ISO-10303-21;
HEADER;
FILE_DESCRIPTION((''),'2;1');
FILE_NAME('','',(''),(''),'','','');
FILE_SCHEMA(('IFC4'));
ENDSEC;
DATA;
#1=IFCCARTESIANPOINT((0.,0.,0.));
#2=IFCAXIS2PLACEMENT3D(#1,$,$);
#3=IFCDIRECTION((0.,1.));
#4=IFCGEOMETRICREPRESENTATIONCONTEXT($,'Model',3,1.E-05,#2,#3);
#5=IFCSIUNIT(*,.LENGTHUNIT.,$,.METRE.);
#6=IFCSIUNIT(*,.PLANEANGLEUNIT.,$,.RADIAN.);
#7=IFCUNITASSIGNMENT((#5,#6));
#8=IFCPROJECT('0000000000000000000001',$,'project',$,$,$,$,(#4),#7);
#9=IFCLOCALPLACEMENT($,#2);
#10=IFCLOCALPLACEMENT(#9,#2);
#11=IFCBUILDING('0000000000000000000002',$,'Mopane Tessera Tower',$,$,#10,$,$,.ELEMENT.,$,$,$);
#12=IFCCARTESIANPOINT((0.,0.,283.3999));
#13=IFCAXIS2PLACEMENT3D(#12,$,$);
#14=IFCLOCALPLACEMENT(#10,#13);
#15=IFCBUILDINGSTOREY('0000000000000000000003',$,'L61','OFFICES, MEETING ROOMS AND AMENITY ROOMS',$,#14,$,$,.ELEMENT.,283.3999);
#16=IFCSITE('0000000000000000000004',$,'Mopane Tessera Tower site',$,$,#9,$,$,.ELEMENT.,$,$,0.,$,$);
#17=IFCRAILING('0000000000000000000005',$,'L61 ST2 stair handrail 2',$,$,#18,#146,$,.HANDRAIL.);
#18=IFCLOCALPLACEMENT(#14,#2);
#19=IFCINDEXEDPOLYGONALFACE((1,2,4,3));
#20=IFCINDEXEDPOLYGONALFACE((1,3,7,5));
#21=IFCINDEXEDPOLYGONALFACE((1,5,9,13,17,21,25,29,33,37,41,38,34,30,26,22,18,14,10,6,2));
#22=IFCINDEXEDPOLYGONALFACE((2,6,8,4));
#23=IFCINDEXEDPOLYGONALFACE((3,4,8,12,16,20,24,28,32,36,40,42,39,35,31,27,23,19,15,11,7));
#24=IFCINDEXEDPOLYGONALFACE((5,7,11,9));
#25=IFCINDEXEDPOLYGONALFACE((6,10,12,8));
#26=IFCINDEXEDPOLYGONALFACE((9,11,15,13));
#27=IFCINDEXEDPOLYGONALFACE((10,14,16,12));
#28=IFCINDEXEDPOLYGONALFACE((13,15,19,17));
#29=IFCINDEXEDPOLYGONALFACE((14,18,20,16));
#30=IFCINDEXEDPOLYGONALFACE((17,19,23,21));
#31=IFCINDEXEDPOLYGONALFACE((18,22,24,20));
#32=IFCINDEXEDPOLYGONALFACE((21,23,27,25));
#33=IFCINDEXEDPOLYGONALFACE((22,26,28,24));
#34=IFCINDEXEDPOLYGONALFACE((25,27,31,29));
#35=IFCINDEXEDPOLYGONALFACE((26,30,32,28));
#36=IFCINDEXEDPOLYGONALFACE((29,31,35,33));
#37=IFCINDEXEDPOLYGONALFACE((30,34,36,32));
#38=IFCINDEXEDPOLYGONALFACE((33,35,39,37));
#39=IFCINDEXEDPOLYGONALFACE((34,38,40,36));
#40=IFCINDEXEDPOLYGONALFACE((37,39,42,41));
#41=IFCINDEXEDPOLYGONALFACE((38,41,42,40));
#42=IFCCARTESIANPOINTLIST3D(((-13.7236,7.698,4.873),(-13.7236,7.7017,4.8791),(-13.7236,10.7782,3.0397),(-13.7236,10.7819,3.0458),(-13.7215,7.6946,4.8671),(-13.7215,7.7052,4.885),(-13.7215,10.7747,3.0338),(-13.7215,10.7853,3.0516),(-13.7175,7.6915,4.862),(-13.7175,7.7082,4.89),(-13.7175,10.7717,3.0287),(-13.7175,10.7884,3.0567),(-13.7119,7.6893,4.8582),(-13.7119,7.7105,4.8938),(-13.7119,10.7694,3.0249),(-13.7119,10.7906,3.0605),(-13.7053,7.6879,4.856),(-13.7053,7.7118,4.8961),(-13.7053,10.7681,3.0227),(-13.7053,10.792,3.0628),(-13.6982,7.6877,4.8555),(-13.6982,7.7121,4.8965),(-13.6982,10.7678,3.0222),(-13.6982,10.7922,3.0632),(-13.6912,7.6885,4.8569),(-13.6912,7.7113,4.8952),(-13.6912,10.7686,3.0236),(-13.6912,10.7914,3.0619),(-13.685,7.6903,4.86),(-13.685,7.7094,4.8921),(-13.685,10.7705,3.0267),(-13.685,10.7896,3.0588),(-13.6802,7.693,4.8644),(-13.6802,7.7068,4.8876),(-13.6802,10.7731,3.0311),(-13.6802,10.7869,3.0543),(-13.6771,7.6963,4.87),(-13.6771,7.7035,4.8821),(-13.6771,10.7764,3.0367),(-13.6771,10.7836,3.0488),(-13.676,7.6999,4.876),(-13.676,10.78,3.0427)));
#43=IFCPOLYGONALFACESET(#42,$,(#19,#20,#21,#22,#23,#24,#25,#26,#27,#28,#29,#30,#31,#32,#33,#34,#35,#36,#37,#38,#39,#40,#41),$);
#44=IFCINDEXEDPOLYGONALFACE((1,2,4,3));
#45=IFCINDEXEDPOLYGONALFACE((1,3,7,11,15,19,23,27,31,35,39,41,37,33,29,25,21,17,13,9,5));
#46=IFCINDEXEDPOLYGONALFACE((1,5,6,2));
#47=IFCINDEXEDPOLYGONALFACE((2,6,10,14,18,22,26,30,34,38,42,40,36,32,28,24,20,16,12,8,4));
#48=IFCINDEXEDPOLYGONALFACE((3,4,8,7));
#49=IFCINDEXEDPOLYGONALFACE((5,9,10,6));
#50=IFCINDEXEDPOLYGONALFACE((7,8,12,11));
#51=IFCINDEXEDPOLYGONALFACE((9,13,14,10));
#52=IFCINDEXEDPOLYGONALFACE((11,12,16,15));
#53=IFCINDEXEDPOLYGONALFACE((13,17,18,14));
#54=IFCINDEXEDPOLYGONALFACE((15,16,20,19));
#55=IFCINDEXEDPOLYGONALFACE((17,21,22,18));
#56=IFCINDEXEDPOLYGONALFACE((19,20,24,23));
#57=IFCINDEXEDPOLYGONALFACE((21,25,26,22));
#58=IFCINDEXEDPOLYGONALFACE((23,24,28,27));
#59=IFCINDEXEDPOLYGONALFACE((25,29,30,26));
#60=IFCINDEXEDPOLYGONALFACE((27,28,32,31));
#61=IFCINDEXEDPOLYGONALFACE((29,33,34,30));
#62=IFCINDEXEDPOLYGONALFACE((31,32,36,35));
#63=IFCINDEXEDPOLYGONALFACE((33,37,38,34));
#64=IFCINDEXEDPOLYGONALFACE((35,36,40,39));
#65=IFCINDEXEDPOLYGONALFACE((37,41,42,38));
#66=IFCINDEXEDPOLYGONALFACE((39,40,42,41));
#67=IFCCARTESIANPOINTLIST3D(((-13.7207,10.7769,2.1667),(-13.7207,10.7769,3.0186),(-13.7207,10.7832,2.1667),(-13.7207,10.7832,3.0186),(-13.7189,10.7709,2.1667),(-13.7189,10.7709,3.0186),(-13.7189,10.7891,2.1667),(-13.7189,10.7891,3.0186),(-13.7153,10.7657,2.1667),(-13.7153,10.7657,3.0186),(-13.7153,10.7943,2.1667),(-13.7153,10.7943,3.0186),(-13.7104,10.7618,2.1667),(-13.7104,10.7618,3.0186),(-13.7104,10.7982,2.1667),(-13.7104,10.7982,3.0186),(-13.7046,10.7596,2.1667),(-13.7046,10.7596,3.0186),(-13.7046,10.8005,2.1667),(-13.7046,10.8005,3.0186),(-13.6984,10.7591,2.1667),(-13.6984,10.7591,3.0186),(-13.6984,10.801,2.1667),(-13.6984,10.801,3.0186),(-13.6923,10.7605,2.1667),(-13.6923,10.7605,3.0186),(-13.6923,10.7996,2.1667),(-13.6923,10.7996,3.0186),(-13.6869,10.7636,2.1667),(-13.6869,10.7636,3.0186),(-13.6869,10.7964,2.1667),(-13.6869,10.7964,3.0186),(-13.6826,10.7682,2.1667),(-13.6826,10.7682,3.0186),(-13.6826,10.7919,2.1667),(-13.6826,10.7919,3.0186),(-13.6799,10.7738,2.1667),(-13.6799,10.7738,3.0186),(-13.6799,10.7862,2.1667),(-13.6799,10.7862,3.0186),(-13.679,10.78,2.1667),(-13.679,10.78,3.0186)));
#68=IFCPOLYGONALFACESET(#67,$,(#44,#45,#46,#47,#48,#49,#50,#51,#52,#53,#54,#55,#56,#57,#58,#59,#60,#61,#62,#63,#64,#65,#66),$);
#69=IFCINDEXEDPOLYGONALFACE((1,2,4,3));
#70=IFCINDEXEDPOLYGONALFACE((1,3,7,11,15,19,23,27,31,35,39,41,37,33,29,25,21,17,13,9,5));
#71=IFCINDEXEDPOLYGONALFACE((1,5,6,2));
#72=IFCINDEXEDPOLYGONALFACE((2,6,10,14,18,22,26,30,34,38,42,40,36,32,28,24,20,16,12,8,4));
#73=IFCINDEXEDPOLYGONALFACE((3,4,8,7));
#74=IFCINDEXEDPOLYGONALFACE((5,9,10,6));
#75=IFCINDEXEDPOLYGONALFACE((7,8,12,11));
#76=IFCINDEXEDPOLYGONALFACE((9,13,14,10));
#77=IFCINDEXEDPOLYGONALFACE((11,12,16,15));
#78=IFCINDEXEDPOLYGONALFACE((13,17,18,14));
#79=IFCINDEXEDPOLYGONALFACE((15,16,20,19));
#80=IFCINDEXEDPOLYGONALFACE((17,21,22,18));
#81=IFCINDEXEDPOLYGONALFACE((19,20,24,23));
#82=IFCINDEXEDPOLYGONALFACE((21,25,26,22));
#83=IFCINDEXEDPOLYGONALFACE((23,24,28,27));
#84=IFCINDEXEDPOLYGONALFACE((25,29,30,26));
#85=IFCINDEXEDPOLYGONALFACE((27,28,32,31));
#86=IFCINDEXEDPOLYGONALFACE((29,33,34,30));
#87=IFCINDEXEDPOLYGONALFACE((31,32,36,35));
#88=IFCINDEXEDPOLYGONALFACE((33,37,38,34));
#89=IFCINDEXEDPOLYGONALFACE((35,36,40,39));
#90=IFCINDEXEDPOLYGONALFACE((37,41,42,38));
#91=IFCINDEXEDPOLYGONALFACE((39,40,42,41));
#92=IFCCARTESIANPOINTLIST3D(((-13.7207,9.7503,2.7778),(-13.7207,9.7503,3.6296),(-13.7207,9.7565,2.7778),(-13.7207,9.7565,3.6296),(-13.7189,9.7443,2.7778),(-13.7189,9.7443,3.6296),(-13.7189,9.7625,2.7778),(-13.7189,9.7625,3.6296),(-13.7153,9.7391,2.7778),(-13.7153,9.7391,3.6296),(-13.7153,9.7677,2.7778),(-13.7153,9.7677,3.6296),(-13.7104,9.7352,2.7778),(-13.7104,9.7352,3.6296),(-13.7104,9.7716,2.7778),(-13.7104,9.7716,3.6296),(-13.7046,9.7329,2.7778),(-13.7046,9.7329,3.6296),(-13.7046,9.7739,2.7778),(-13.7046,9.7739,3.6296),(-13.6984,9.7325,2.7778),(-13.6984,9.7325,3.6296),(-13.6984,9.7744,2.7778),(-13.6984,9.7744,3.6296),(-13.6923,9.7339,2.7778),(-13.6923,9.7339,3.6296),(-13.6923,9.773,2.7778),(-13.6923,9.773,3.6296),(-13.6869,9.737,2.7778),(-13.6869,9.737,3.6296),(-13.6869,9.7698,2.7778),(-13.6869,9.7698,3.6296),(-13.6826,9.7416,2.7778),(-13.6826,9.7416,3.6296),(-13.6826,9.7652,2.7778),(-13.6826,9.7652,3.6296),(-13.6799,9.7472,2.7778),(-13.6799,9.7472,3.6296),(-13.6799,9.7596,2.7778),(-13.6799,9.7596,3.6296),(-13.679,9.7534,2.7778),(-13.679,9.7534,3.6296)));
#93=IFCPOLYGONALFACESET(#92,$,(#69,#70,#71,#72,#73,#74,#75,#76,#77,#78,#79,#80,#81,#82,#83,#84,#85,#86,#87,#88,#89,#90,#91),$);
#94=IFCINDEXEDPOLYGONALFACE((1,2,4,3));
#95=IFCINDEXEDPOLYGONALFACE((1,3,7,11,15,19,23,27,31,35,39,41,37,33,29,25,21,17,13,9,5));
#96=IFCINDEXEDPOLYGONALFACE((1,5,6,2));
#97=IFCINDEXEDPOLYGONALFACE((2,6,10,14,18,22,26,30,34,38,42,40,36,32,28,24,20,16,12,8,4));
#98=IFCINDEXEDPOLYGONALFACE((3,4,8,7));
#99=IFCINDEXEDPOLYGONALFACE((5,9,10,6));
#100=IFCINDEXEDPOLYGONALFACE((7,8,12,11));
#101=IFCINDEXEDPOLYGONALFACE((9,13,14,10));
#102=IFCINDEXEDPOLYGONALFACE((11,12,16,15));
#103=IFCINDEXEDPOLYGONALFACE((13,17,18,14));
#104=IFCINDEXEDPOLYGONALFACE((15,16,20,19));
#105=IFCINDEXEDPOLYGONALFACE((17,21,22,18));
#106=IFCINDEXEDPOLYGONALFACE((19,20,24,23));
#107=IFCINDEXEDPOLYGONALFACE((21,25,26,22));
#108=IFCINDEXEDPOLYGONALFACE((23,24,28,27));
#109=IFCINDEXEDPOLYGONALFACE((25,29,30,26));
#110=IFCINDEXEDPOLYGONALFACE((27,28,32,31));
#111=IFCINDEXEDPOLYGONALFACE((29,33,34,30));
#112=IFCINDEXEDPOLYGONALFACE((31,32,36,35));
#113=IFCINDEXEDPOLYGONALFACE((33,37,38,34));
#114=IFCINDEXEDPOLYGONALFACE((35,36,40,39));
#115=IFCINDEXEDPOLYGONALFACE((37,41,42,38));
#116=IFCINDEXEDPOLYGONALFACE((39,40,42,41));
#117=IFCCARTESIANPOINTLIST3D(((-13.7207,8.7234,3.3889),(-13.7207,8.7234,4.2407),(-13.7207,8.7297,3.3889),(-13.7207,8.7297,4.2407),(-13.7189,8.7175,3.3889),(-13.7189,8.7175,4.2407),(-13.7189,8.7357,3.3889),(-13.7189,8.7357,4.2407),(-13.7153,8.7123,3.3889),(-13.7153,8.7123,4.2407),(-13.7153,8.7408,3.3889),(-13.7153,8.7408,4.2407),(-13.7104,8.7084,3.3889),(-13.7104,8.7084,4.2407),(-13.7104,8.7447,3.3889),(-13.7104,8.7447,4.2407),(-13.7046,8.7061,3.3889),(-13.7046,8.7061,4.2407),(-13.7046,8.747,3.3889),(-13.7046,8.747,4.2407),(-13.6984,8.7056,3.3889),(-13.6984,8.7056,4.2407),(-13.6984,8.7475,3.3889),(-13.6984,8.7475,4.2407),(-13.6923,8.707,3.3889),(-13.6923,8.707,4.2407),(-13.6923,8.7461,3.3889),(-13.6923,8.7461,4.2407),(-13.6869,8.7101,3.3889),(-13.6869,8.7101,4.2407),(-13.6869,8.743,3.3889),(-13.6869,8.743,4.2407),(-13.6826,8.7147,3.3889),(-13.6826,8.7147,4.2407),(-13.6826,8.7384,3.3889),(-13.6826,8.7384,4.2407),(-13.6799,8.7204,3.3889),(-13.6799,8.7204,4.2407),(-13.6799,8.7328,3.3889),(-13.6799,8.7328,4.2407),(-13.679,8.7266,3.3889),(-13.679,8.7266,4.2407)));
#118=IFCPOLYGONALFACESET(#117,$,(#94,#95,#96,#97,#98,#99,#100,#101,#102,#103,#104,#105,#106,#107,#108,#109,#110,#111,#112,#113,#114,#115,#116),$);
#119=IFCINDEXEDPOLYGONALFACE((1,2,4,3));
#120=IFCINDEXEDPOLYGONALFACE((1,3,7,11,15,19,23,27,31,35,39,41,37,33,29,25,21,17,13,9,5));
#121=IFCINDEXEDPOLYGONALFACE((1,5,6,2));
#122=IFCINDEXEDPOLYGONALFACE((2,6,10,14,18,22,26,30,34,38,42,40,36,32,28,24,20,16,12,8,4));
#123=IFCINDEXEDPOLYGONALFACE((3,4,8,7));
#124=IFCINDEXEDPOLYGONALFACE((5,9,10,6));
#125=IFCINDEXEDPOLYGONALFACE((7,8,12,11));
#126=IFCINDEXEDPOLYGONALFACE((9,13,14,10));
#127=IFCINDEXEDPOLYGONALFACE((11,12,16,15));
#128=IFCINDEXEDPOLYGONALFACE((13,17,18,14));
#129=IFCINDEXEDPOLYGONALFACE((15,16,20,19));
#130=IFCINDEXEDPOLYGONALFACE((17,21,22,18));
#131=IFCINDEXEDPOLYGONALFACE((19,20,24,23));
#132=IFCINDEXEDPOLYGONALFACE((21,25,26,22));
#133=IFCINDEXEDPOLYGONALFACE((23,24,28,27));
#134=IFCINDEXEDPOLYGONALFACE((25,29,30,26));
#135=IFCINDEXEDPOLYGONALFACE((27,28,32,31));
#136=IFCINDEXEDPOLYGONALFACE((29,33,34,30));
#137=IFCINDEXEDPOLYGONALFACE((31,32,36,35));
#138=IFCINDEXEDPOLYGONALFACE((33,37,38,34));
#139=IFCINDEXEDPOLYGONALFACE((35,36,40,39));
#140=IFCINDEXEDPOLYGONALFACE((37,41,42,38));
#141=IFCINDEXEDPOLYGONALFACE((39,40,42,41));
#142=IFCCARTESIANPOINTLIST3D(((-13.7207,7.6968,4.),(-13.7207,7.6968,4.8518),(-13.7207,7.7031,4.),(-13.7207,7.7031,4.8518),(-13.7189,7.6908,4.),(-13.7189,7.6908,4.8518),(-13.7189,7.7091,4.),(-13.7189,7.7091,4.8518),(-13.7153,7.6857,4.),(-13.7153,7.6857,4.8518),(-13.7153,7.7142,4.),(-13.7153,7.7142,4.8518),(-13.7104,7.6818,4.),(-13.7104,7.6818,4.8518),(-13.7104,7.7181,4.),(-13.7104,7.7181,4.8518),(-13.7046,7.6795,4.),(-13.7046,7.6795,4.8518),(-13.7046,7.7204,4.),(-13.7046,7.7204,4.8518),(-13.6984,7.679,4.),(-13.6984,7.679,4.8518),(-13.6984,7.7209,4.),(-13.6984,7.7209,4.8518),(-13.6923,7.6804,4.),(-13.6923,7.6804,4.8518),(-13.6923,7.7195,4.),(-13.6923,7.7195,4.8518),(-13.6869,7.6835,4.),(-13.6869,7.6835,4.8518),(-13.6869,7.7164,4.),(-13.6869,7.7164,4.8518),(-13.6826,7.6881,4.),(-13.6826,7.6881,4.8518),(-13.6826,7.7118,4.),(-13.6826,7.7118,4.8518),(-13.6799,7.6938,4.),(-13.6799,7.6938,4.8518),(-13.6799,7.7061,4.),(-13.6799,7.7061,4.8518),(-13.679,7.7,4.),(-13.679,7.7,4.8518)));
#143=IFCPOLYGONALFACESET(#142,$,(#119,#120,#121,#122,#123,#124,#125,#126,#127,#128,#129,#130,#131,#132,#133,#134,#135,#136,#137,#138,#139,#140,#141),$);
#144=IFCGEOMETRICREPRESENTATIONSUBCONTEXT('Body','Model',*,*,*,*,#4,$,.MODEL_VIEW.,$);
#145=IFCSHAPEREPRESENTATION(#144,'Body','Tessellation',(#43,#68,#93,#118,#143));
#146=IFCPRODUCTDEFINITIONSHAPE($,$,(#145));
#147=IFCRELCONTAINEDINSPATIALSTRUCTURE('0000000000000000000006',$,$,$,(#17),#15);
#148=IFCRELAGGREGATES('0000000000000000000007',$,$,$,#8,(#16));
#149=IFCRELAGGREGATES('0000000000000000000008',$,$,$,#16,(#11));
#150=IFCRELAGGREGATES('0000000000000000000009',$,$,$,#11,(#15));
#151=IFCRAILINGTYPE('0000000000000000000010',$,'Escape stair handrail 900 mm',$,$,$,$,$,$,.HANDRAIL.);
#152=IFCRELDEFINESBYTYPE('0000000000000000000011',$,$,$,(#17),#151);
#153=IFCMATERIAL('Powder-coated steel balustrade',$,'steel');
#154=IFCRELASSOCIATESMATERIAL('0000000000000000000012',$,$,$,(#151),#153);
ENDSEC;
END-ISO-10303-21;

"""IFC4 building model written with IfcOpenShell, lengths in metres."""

from ifc_helpers import new_model, si_unit, direction, frame, origin, origin_2d, place, context, subcontext, project, spatial, circle, extrude, material, type_object, element, save


model = new_model("IFC4")

# Units and contexts
model_context = context("Model", 3, precision=1e-05, world=origin(), true_north=direction((0.0, 1.0)))
body_context = subcontext(model_context, "Body", "Model", "MODEL_VIEW")
ifc_project = project(units=[si_unit("LENGTHUNIT", "METRE"), si_unit("PLANEANGLEUNIT", "RADIAN")], contexts=[model_context])

# Site, building, storey
site_placement = place(None, origin())
site = spatial("IfcSite", under=ifc_project, at=site_placement, Name="Mopane Tessera Tower site", CompositionType="ELEMENT", RefElevation=0.0)
building_placement = place(site_placement, origin())
building = spatial("IfcBuilding", under=site, at=building_placement, Name="Mopane Tessera Tower", CompositionType="ELEMENT")
storey_placement = place(building_placement, frame((0.0, 0.0, 283.3999)))
storey = spatial("IfcBuildingStorey", under=building, at=storey_placement, Name="L61", Description="OFFICES, MEETING ROOMS AND AMENITY ROOMS", CompositionType="ELEMENT", Elevation=283.3999)

# Railing
ifc_material_1 = material(Name="Powder-coated steel balustrade", Category="steel")
railing_type_1 = type_object("IfcRailingType", Name="Escape stair handrail 900 mm", PredefinedType="HANDRAIL", material=ifc_material_1)
railing_1_placement = place(storey_placement, frame((-13.7, 10.78, 2.1667)))
element("IfcRailing", 1, at=railing_1_placement, inside=storey, type_object=railing_type_1, Name="L61 ST2 stair handrail 2", PredefinedType="HANDRAIL", context=body_context, shape_type="SweptSolid", body=[
    extrude(circle(Radius=0.0239, at=origin_2d()), frame((0.0, 0.0, 0.876), z_axis=(0.0, -0.859309, 0.511458), x_axis=(1.0, 0.0, 0.0)), (0.0, 0.0, 1.0), 3.5845),
    extrude(circle(Radius=0.021, at=origin_2d()), origin(), (0.0, 0.0, 1.0), 0.8518),
    extrude(circle(Radius=0.021, at=origin_2d()), frame((0.0, -1.0266, 0.6111)), (0.0, 0.0, 1.0), 0.8518),
    extrude(circle(Radius=0.021, at=origin_2d()), frame((0.0, -2.0535, 1.2222)), (0.0, 0.0, 1.0), 0.8518),
    extrude(circle(Radius=0.021, at=origin_2d()), frame((0.0, -3.0801, 1.8333)), (0.0, 0.0, 1.0), 0.8518),
])

save(model, "model.ifc")
